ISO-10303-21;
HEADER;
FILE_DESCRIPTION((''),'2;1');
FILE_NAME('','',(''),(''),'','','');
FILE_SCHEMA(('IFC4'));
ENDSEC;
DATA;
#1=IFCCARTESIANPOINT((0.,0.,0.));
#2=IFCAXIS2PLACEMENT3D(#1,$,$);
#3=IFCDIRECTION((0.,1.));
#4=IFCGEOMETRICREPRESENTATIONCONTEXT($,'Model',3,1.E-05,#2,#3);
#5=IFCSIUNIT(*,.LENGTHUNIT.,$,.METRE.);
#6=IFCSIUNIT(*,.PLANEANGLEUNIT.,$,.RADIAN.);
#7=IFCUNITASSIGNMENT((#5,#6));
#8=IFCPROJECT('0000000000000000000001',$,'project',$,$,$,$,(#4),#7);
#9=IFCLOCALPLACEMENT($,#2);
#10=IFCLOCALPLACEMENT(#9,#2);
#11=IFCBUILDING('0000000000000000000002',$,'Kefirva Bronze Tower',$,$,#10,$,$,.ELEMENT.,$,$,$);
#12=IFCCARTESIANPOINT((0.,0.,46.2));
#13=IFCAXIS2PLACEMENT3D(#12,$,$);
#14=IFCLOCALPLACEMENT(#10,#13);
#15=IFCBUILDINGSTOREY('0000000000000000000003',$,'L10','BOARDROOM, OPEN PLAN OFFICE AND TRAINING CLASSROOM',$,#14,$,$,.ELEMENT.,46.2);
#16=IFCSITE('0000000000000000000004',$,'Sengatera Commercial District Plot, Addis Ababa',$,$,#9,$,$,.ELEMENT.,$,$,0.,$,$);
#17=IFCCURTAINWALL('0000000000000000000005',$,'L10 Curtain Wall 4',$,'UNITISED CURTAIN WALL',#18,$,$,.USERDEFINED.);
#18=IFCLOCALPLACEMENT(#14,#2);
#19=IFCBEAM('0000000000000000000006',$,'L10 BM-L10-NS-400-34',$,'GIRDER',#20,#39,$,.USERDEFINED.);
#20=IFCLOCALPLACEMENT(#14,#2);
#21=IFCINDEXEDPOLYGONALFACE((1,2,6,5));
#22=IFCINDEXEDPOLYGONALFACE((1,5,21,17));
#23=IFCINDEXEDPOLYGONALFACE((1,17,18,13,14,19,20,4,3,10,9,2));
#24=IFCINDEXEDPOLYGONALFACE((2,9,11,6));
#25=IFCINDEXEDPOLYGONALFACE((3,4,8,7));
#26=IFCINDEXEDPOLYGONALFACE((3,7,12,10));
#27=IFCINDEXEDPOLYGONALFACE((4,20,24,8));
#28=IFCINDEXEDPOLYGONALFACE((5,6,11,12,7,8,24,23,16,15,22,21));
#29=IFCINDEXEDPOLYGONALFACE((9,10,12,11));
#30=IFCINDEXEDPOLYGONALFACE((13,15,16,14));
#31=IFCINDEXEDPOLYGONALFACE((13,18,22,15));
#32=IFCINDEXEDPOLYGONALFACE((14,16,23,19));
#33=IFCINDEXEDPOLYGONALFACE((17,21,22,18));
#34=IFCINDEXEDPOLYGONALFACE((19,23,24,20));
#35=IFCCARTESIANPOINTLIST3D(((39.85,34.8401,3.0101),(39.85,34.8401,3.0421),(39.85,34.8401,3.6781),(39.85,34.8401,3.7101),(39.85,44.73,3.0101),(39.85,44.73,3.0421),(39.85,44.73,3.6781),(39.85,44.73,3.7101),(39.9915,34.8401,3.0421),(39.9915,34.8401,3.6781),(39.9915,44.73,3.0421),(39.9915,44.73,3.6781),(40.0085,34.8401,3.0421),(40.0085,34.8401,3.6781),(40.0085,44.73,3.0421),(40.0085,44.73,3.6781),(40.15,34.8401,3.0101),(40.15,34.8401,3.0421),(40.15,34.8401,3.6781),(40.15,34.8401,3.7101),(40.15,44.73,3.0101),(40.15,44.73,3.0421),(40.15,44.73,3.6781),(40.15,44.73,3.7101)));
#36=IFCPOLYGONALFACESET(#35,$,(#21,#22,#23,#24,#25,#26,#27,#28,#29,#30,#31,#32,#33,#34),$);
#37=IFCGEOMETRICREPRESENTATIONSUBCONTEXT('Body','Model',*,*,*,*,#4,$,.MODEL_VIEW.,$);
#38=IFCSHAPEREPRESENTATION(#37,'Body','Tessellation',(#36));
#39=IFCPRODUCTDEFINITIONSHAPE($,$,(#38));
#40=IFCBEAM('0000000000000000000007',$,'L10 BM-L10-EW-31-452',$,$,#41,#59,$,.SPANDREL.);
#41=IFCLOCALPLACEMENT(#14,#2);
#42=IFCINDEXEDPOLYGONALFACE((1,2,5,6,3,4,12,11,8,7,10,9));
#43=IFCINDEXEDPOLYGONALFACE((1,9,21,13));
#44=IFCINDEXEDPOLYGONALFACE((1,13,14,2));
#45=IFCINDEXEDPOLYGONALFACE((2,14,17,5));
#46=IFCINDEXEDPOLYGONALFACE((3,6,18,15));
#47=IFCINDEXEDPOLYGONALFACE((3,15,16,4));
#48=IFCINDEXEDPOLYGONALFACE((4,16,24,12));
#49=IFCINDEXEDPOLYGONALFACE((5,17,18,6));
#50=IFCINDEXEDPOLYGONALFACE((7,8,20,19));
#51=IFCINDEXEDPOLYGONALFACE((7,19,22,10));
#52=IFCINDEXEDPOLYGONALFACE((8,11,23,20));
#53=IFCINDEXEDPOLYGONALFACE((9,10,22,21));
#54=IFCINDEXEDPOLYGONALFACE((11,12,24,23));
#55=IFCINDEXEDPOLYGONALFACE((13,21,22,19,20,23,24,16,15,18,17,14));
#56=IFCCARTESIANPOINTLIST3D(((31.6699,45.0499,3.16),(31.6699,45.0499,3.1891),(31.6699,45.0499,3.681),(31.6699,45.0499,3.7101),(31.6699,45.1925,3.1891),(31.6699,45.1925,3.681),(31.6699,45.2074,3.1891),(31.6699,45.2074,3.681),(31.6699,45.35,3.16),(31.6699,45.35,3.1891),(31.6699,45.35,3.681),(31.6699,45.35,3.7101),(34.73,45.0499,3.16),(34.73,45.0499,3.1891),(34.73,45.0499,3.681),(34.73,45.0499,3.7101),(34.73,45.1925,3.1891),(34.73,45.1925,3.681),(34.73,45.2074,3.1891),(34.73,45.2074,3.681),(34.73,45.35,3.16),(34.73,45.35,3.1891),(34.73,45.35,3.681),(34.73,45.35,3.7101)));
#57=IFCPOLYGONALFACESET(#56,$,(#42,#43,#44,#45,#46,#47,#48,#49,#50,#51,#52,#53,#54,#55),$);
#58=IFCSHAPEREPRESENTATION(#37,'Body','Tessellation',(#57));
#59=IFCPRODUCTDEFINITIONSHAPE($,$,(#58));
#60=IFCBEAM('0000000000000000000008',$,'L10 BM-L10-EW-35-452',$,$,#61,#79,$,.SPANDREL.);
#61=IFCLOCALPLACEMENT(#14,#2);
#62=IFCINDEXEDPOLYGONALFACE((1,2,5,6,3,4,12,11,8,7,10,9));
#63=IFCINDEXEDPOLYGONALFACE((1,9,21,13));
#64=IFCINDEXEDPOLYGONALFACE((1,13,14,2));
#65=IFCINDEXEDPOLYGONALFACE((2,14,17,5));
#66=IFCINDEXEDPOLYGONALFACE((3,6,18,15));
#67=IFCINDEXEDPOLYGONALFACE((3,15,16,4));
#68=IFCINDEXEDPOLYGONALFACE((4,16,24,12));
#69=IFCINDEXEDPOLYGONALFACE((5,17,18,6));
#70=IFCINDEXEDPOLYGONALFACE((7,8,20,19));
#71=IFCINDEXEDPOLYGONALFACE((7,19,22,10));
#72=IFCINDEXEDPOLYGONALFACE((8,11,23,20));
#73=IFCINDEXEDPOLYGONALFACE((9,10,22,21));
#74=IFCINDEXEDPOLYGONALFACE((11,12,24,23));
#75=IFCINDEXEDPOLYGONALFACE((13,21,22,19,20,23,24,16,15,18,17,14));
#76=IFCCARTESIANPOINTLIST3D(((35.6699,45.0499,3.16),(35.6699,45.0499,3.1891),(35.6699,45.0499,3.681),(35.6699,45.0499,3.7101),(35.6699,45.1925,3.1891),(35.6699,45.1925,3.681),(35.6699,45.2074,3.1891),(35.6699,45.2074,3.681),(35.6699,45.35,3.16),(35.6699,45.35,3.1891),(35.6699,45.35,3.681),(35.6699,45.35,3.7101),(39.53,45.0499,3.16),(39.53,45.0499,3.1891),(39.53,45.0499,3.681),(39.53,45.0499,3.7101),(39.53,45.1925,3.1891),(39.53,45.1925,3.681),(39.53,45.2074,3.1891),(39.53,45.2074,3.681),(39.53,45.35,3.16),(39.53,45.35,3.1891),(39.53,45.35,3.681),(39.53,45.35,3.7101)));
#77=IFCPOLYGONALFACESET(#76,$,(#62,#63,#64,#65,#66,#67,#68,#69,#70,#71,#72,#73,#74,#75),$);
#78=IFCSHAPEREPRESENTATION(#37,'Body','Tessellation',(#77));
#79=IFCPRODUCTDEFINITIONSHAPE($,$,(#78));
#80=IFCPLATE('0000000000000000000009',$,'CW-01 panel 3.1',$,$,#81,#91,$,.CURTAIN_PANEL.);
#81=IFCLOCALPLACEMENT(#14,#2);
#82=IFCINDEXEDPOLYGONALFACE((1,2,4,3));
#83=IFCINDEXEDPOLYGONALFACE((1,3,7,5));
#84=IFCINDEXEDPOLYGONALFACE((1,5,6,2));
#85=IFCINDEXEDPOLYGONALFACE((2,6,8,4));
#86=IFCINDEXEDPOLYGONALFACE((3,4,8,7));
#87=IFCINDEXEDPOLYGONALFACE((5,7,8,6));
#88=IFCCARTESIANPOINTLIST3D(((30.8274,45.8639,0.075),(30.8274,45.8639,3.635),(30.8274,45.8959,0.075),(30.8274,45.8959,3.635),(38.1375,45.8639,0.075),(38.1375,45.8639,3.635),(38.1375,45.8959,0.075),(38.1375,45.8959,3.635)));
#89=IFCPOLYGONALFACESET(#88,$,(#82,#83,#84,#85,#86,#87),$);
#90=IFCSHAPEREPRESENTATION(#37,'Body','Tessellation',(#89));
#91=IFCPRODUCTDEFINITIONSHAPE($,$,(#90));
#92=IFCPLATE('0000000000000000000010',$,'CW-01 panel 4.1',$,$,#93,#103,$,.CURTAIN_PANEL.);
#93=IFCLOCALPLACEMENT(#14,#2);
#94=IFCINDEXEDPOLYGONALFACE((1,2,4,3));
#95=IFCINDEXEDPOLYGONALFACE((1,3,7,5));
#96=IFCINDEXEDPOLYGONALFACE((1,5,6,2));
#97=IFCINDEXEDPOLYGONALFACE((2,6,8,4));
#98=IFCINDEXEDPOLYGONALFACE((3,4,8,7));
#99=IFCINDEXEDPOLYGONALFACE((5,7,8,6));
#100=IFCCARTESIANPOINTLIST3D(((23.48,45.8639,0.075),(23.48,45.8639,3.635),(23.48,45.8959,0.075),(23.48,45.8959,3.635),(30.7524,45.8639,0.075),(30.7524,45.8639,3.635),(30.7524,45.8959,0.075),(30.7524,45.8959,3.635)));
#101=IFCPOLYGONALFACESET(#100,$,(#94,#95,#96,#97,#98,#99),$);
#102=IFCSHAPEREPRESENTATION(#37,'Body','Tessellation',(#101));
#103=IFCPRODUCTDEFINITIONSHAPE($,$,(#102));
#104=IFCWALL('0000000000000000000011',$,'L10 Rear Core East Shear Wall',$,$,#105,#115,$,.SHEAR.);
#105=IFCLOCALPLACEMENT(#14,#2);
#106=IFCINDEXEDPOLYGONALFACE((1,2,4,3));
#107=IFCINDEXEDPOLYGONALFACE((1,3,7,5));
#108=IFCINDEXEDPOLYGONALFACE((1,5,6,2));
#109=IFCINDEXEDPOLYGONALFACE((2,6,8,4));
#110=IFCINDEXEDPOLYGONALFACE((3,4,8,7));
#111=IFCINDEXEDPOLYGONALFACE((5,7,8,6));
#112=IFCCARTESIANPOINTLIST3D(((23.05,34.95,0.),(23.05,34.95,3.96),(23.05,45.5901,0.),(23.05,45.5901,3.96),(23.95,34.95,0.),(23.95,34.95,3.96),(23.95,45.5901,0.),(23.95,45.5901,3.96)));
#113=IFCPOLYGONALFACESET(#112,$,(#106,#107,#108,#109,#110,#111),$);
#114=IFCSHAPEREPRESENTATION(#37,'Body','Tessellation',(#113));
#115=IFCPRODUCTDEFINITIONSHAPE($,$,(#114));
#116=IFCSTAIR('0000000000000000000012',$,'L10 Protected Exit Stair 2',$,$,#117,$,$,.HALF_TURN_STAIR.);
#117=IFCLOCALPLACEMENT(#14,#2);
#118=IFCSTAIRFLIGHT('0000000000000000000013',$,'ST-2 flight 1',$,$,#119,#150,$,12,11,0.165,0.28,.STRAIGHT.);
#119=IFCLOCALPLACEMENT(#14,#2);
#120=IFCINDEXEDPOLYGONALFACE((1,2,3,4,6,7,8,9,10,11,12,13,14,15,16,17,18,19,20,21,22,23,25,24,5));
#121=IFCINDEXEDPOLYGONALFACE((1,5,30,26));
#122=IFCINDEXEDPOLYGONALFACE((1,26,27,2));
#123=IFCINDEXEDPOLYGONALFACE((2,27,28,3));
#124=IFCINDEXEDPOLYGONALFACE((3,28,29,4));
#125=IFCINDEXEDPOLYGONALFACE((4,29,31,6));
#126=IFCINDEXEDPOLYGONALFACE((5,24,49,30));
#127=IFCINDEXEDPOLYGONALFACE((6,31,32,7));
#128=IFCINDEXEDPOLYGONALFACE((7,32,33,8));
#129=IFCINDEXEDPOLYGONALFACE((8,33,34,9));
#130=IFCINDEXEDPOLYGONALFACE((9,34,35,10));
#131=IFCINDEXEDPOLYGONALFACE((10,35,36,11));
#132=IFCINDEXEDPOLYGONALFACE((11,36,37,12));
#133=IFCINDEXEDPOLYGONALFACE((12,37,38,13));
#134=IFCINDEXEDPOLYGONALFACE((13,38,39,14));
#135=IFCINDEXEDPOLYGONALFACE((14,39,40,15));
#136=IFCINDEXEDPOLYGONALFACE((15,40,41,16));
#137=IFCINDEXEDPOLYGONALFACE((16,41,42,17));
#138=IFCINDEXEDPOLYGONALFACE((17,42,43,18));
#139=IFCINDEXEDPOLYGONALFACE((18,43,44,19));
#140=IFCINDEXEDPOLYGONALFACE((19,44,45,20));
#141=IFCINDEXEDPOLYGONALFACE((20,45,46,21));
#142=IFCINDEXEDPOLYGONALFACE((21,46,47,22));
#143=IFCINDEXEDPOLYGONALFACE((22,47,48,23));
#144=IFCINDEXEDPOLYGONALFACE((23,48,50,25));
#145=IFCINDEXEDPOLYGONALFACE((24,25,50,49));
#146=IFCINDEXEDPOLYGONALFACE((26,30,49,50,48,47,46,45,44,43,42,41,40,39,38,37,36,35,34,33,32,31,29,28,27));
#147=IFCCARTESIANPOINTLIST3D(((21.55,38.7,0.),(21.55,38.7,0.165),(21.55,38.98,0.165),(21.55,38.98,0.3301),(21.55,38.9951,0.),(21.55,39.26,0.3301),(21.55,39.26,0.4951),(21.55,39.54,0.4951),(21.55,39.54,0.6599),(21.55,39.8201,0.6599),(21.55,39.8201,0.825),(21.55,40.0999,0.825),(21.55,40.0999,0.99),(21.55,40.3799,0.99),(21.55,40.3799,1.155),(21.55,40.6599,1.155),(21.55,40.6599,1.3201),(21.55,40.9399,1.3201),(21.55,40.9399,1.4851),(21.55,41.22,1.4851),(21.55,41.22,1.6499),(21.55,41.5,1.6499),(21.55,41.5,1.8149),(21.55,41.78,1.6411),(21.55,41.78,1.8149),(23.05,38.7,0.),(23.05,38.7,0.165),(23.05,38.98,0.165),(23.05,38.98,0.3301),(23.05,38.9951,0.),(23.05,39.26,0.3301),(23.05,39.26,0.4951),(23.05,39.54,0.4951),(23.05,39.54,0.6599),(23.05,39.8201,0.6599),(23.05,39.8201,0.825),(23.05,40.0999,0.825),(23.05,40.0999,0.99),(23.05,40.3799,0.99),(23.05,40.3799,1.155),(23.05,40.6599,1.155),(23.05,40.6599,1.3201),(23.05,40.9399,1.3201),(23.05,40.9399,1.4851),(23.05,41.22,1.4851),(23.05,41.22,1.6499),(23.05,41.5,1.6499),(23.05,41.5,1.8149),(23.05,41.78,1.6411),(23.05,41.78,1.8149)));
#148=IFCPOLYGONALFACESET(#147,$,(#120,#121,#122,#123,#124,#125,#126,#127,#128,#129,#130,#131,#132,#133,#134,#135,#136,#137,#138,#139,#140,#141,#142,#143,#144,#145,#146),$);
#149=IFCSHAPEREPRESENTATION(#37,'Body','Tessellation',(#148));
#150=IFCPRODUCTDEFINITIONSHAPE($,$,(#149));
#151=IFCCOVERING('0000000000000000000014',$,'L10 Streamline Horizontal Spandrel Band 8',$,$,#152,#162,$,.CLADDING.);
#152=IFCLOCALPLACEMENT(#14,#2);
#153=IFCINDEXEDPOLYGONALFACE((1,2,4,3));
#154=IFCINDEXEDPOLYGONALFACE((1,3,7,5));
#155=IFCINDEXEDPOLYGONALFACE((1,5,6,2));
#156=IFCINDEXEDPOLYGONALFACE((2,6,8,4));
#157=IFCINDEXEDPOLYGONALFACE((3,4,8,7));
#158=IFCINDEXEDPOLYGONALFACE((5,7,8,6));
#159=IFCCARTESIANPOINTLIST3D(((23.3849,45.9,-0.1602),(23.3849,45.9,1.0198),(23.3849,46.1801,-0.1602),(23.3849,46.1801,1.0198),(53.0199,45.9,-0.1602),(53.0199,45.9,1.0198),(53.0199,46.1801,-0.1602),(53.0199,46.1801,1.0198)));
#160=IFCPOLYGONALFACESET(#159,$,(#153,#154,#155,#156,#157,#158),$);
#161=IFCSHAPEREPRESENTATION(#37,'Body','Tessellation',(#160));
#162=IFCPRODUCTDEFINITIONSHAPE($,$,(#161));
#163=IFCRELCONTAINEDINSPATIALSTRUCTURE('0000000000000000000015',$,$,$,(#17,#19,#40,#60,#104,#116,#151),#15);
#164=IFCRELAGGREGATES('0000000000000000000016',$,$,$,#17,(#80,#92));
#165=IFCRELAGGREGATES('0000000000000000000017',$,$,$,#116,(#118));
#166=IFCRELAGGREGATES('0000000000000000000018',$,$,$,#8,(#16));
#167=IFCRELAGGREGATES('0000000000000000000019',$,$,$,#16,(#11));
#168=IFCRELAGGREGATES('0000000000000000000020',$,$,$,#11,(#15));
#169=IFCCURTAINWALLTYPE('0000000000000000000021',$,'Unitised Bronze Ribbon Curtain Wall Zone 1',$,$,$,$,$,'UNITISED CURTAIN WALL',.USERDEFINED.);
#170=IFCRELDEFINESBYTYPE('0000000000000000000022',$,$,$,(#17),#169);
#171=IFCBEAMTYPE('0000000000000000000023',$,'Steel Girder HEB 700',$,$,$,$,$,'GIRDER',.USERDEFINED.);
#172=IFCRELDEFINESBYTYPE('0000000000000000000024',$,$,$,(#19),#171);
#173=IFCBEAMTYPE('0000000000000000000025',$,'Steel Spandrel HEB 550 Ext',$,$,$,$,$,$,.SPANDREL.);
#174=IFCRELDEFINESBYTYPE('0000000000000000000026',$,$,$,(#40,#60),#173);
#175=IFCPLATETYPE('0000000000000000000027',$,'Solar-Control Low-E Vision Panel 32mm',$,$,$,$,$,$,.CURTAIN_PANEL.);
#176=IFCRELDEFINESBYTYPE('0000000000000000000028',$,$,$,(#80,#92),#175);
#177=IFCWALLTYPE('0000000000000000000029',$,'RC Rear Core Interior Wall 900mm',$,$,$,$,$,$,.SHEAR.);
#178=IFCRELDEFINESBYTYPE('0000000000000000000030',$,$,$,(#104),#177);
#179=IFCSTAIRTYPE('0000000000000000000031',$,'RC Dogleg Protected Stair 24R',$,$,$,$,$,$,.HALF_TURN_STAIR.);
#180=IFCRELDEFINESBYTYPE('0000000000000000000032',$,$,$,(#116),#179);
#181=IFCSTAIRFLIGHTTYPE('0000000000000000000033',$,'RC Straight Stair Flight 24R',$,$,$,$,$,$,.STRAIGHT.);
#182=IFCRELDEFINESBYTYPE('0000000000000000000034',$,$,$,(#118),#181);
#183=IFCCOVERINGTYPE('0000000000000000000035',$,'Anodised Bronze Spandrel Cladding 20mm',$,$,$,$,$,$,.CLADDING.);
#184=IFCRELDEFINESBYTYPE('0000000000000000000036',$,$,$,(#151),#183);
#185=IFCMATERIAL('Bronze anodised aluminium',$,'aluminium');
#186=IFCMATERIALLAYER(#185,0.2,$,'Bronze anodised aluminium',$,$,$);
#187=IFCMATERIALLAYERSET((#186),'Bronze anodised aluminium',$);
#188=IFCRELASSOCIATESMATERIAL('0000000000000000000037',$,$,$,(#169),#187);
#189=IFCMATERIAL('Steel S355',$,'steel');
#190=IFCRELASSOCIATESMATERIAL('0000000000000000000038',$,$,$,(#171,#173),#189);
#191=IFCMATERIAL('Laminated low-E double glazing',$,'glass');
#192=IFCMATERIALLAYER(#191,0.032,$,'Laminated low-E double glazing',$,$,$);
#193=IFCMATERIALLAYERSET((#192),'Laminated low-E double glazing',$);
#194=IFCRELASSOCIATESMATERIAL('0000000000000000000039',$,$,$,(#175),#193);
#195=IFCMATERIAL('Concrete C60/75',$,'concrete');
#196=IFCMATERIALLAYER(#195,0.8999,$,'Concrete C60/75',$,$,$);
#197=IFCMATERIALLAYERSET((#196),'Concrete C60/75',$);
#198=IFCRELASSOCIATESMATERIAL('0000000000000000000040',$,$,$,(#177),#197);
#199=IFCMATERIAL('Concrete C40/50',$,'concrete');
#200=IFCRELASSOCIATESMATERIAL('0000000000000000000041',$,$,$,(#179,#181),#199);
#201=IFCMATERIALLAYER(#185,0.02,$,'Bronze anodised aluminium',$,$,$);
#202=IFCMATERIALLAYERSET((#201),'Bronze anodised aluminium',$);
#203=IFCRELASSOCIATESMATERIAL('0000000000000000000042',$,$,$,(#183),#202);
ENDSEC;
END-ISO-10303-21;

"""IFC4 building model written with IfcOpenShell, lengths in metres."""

from ifc_helpers import new_model, si_unit, direction, frame, frame_2d, origin, origin_2d, place, context, subcontext, project, spatial, polyline, rectangle, i_section, outline, extrude, material, layer, layer_set, material_profile, profile_set, type_object, element, aggregate, save


model = new_model("IFC4")

# Units and contexts
model_context = context("Model", 3, precision=1e-05, world=origin(), true_north=direction((0.0, 1.0)))
body_context = subcontext(model_context, "Body", "Model", "MODEL_VIEW")
ifc_project = project(units=[si_unit("LENGTHUNIT", "METRE"), si_unit("PLANEANGLEUNIT", "RADIAN")], contexts=[model_context])

# Site, building, storey
site_placement = place(None, origin())
site = spatial("IfcSite", under=ifc_project, at=site_placement, Name="Sengatera Commercial District Plot, Addis Ababa", CompositionType="ELEMENT", RefElevation=0.0)
building_placement = place(site_placement, origin())
building = spatial("IfcBuilding", under=site, at=building_placement, Name="Kefirva Bronze Tower", CompositionType="ELEMENT")
storey_placement = place(building_placement, frame((0.0, 0.0, 46.2)))
storey = spatial("IfcBuildingStorey", under=building, at=storey_placement, Name="L10", Description="BOARDROOM, OPEN PLAN OFFICE AND TRAINING CLASSROOM", CompositionType="ELEMENT", Elevation=46.2)

# Shared definitions
ifc_material_1 = material(Name="Concrete C60/75", Category="concrete")

# Curtain wall
ifc_material_2 = material(Name="Bronze anodised aluminium", Category="aluminium")
ifc_layer_1 = layer(ifc_material_2, 0.2, Name="Bronze anodised aluminium")
ifc_layer_set_1 = layer_set([ifc_layer_1], Name="Bronze anodised aluminium")
curtain_wall_type = type_object("IfcCurtainWallType", Name="Unitised Bronze Ribbon Curtain Wall Zone 1", ElementType="UNITISED CURTAIN WALL", PredefinedType="USERDEFINED", material=ifc_layer_set_1)
curtain_wall_placement = place(storey_placement, origin())
curtain_wall = element("IfcCurtainWall", 1, at=curtain_wall_placement, inside=storey, type_object=curtain_wall_type, Name="L10 Curtain Wall 4", ObjectType="UNITISED CURTAIN WALL", PredefinedType="USERDEFINED")

# Beams
ifc_material_3 = material(Name="Steel S355", Category="steel")
ifc_material_profile_1 = material_profile(ifc_material_3, i_section(OverallWidth=0.3, OverallDepth=0.7, WebThickness=0.0171, FlangeThickness=0.032, at=origin_2d()), Name="HEB 700")
ifc_profile_set_1 = profile_set([ifc_material_profile_1], Name="Steel S355")
beam_type_1 = type_object("IfcBeamType", Name="Steel Girder HEB 700", ElementType="GIRDER", PredefinedType="USERDEFINED", material=ifc_profile_set_1)
beam_1_placement = place(storey_placement, frame((40.0, 34.8401, 3.3601), z_axis=(0.0, 1.0, 0.0), x_axis=(-1.0, 0.0, 0.0)))
element("IfcBeam", 2, at=beam_1_placement, inside=storey, type_object=beam_type_1, Name="L10 BM-L10-NS-400-34", ObjectType="GIRDER", PredefinedType="USERDEFINED", context=body_context, shape_type="SweptSolid", body=[
    extrude(i_section(OverallWidth=0.3, OverallDepth=0.7, WebThickness=0.0171, FlangeThickness=0.032, at=origin_2d()), origin(), (0.0, 0.0, 1.0), 9.8899),
])
ifc_material_profile_2 = material_profile(ifc_material_3, i_section(OverallWidth=0.3, OverallDepth=0.55, WebThickness=0.0149, FlangeThickness=0.0291, at=origin_2d()), Name="HEB 550")
ifc_profile_set_2 = profile_set([ifc_material_profile_2], Name="Steel S355")
beam_type_2 = type_object("IfcBeamType", Name="Steel Spandrel HEB 550 Ext", PredefinedType="SPANDREL", material=ifc_profile_set_2)
beam_2_placement = place(storey_placement, frame((31.6699, 45.2, 3.4351), z_axis=(1.0, 0.0, 0.0), x_axis=(0.0, 1.0, 0.0)))
element("IfcBeam", 3, at=beam_2_placement, inside=storey, type_object=beam_type_2, Name="L10 BM-L10-EW-31-452", PredefinedType="SPANDREL", context=body_context, shape_type="SweptSolid", body=[
    extrude(i_section(OverallWidth=0.3, OverallDepth=0.55, WebThickness=0.0149, FlangeThickness=0.0291, at=origin_2d()), origin(), (0.0, 0.0, 1.0), 3.0601),
])
beam_3_placement = place(storey_placement, frame((35.6699, 45.2, 3.4351), z_axis=(1.0, 0.0, 0.0), x_axis=(0.0, 1.0, 0.0)))
element("IfcBeam", 4, at=beam_3_placement, inside=storey, type_object=beam_type_2, Name="L10 BM-L10-EW-35-452", PredefinedType="SPANDREL", context=body_context, shape_type="SweptSolid", body=[
    extrude(i_section(OverallWidth=0.3, OverallDepth=0.55, WebThickness=0.0149, FlangeThickness=0.0291, at=origin_2d()), origin(), (0.0, 0.0, 1.0), 3.8601),
])

# Plates
ifc_material_4 = material(Name="Laminated low-E double glazing", Category="glass")
ifc_layer_2 = layer(ifc_material_4, 0.032, Name="Laminated low-E double glazing")
ifc_layer_set_2 = layer_set([ifc_layer_2], Name="Laminated low-E double glazing")
plate_type = type_object("IfcPlateType", Name="Solar-Control Low-E Vision Panel 32mm", PredefinedType="CURTAIN_PANEL", material=ifc_layer_set_2)
plate_1_placement = place(storey_placement, frame((34.4824, 45.8799, 0.075), z_axis=(0.0, 0.0, 1.0), x_axis=(-1.0, 0.0, 0.0)))
plate_1 = element("IfcPlate", 5, at=plate_1_placement, type_object=plate_type, Name="CW-01 panel 3.1", PredefinedType="CURTAIN_PANEL", context=body_context, shape_type="SweptSolid", body=[
    extrude(rectangle(XDim=7.3101, YDim=0.032, at=origin_2d()), origin(), (0.0, 0.0, 1.0), 3.5601),
])
plate_2_placement = place(storey_placement, frame((27.1162, 45.8799, 0.075), z_axis=(0.0, 0.0, 1.0), x_axis=(-1.0, 0.0, 0.0)))
plate_2 = element("IfcPlate", 6, at=plate_2_placement, type_object=plate_type, Name="CW-01 panel 4.1", PredefinedType="CURTAIN_PANEL", context=body_context, shape_type="SweptSolid", body=[
    extrude(rectangle(XDim=7.2725, YDim=0.032, at=origin_2d()), origin(), (0.0, 0.0, 1.0), 3.5601),
])
aggregate(curtain_wall, [plate_1, plate_2])

# Wall
ifc_layer_3 = layer(ifc_material_1, 0.8999, Name="Concrete C60/75")
ifc_layer_set_3 = layer_set([ifc_layer_3], Name="Concrete C60/75")
wall_type = type_object("IfcWallType", Name="RC Rear Core Interior Wall 900mm", PredefinedType="SHEAR", material=ifc_layer_set_3)
wall_placement = place(storey_placement, frame((23.5, 34.95, 0.0), z_axis=(0.0, 0.0, 1.0), x_axis=(0.0, 1.0, 0.0)))
element("IfcWall", 7, at=wall_placement, inside=storey, type_object=wall_type, Name="L10 Rear Core East Shear Wall", PredefinedType="SHEAR", context=body_context, shape_type="SweptSolid", body=[
    extrude(rectangle(XDim=10.6401, YDim=0.8999, at=frame_2d((5.3201, 0.0))), origin(), (0.0, 0.0, 1.0), 3.96),
])

# Stair, stair flight
ifc_material_5 = material(Name="Concrete C40/50", Category="concrete")
stair_type = type_object("IfcStairType", Name="RC Dogleg Protected Stair 24R", PredefinedType="HALF_TURN_STAIR", material=ifc_material_5)
stair_placement = place(storey_placement, origin())
stair = element("IfcStair", 8, at=stair_placement, inside=storey, type_object=stair_type, Name="L10 Protected Exit Stair 2", PredefinedType="HALF_TURN_STAIR")
stair_flight_type = type_object("IfcStairFlightType", Name="RC Straight Stair Flight 24R", PredefinedType="STRAIGHT", material=ifc_material_5)
stair_flight_placement = place(storey_placement, frame((22.3, 38.7, 0.0), z_axis=(0.0, 0.0, 1.0), x_axis=(0.0, 1.0, 0.0)))
stair_flight = element("IfcStairFlight", 9, at=stair_flight_placement, type_object=stair_flight_type, Name="ST-2 flight 1", NumberOfRisers=12, NumberOfTreads=11, PredefinedType="STRAIGHT", RiserHeight=0.165, TreadLength=0.28, context=body_context, shape_type="SweptSolid", body=[
    extrude(outline(polyline([(0.0, 0.0), (0.0, 0.165), (0.28, 0.165), (0.28, 0.3301), (0.5601, 0.3301), (0.5601, 0.4951), (0.8401, 0.4951), (0.8401, 0.6599), (1.1201, 0.6599), (1.1201, 0.825), (1.3999, 0.825), (1.3999, 0.99), (1.6799, 0.99), (1.6799, 1.155), (1.96, 1.155), (1.96, 1.3201), (2.24, 1.3201), (2.24, 1.4851), (2.52, 1.4851), (2.52, 1.6499), (2.8, 1.6499), (2.8, 1.8149), (3.0801, 1.8149), (3.0801, 1.98), (3.0801, 1.6411), (0.2952, 0.0), (0.0, 0.0)])), frame((0.0, 0.75, 0.0), z_axis=(0.0, -1.0, 0.0), x_axis=(1.0, 0.0, 0.0)), (0.0, 0.0, 1.0), 1.5),
])
aggregate(stair, [stair_flight])

# Covering
ifc_layer_4 = layer(ifc_material_2, 0.02, Name="Bronze anodised aluminium")
ifc_layer_set_4 = layer_set([ifc_layer_4], Name="Bronze anodised aluminium")
covering_type_1 = type_object("IfcCoveringType", Name="Anodised Bronze Spandrel Cladding 20mm", PredefinedType="CLADDING", material=ifc_layer_set_4)
covering_1_placement = place(storey_placement, frame((38.2024, 46.04, -0.1602), z_axis=(0.0, 0.0, 1.0), x_axis=(-1.0, 0.0, 0.0)))
element("IfcCovering", 10, at=covering_1_placement, inside=storey, type_object=covering_type_1, Name="L10 Streamline Horizontal Spandrel Band 8", PredefinedType="CLADDING", context=body_context, shape_type="SweptSolid", body=[
    extrude(rectangle(XDim=29.635, YDim=0.28, at=origin_2d()), origin(), (0.0, 0.0, 1.0), 1.1799),
])

save(model, "model.ifc")
